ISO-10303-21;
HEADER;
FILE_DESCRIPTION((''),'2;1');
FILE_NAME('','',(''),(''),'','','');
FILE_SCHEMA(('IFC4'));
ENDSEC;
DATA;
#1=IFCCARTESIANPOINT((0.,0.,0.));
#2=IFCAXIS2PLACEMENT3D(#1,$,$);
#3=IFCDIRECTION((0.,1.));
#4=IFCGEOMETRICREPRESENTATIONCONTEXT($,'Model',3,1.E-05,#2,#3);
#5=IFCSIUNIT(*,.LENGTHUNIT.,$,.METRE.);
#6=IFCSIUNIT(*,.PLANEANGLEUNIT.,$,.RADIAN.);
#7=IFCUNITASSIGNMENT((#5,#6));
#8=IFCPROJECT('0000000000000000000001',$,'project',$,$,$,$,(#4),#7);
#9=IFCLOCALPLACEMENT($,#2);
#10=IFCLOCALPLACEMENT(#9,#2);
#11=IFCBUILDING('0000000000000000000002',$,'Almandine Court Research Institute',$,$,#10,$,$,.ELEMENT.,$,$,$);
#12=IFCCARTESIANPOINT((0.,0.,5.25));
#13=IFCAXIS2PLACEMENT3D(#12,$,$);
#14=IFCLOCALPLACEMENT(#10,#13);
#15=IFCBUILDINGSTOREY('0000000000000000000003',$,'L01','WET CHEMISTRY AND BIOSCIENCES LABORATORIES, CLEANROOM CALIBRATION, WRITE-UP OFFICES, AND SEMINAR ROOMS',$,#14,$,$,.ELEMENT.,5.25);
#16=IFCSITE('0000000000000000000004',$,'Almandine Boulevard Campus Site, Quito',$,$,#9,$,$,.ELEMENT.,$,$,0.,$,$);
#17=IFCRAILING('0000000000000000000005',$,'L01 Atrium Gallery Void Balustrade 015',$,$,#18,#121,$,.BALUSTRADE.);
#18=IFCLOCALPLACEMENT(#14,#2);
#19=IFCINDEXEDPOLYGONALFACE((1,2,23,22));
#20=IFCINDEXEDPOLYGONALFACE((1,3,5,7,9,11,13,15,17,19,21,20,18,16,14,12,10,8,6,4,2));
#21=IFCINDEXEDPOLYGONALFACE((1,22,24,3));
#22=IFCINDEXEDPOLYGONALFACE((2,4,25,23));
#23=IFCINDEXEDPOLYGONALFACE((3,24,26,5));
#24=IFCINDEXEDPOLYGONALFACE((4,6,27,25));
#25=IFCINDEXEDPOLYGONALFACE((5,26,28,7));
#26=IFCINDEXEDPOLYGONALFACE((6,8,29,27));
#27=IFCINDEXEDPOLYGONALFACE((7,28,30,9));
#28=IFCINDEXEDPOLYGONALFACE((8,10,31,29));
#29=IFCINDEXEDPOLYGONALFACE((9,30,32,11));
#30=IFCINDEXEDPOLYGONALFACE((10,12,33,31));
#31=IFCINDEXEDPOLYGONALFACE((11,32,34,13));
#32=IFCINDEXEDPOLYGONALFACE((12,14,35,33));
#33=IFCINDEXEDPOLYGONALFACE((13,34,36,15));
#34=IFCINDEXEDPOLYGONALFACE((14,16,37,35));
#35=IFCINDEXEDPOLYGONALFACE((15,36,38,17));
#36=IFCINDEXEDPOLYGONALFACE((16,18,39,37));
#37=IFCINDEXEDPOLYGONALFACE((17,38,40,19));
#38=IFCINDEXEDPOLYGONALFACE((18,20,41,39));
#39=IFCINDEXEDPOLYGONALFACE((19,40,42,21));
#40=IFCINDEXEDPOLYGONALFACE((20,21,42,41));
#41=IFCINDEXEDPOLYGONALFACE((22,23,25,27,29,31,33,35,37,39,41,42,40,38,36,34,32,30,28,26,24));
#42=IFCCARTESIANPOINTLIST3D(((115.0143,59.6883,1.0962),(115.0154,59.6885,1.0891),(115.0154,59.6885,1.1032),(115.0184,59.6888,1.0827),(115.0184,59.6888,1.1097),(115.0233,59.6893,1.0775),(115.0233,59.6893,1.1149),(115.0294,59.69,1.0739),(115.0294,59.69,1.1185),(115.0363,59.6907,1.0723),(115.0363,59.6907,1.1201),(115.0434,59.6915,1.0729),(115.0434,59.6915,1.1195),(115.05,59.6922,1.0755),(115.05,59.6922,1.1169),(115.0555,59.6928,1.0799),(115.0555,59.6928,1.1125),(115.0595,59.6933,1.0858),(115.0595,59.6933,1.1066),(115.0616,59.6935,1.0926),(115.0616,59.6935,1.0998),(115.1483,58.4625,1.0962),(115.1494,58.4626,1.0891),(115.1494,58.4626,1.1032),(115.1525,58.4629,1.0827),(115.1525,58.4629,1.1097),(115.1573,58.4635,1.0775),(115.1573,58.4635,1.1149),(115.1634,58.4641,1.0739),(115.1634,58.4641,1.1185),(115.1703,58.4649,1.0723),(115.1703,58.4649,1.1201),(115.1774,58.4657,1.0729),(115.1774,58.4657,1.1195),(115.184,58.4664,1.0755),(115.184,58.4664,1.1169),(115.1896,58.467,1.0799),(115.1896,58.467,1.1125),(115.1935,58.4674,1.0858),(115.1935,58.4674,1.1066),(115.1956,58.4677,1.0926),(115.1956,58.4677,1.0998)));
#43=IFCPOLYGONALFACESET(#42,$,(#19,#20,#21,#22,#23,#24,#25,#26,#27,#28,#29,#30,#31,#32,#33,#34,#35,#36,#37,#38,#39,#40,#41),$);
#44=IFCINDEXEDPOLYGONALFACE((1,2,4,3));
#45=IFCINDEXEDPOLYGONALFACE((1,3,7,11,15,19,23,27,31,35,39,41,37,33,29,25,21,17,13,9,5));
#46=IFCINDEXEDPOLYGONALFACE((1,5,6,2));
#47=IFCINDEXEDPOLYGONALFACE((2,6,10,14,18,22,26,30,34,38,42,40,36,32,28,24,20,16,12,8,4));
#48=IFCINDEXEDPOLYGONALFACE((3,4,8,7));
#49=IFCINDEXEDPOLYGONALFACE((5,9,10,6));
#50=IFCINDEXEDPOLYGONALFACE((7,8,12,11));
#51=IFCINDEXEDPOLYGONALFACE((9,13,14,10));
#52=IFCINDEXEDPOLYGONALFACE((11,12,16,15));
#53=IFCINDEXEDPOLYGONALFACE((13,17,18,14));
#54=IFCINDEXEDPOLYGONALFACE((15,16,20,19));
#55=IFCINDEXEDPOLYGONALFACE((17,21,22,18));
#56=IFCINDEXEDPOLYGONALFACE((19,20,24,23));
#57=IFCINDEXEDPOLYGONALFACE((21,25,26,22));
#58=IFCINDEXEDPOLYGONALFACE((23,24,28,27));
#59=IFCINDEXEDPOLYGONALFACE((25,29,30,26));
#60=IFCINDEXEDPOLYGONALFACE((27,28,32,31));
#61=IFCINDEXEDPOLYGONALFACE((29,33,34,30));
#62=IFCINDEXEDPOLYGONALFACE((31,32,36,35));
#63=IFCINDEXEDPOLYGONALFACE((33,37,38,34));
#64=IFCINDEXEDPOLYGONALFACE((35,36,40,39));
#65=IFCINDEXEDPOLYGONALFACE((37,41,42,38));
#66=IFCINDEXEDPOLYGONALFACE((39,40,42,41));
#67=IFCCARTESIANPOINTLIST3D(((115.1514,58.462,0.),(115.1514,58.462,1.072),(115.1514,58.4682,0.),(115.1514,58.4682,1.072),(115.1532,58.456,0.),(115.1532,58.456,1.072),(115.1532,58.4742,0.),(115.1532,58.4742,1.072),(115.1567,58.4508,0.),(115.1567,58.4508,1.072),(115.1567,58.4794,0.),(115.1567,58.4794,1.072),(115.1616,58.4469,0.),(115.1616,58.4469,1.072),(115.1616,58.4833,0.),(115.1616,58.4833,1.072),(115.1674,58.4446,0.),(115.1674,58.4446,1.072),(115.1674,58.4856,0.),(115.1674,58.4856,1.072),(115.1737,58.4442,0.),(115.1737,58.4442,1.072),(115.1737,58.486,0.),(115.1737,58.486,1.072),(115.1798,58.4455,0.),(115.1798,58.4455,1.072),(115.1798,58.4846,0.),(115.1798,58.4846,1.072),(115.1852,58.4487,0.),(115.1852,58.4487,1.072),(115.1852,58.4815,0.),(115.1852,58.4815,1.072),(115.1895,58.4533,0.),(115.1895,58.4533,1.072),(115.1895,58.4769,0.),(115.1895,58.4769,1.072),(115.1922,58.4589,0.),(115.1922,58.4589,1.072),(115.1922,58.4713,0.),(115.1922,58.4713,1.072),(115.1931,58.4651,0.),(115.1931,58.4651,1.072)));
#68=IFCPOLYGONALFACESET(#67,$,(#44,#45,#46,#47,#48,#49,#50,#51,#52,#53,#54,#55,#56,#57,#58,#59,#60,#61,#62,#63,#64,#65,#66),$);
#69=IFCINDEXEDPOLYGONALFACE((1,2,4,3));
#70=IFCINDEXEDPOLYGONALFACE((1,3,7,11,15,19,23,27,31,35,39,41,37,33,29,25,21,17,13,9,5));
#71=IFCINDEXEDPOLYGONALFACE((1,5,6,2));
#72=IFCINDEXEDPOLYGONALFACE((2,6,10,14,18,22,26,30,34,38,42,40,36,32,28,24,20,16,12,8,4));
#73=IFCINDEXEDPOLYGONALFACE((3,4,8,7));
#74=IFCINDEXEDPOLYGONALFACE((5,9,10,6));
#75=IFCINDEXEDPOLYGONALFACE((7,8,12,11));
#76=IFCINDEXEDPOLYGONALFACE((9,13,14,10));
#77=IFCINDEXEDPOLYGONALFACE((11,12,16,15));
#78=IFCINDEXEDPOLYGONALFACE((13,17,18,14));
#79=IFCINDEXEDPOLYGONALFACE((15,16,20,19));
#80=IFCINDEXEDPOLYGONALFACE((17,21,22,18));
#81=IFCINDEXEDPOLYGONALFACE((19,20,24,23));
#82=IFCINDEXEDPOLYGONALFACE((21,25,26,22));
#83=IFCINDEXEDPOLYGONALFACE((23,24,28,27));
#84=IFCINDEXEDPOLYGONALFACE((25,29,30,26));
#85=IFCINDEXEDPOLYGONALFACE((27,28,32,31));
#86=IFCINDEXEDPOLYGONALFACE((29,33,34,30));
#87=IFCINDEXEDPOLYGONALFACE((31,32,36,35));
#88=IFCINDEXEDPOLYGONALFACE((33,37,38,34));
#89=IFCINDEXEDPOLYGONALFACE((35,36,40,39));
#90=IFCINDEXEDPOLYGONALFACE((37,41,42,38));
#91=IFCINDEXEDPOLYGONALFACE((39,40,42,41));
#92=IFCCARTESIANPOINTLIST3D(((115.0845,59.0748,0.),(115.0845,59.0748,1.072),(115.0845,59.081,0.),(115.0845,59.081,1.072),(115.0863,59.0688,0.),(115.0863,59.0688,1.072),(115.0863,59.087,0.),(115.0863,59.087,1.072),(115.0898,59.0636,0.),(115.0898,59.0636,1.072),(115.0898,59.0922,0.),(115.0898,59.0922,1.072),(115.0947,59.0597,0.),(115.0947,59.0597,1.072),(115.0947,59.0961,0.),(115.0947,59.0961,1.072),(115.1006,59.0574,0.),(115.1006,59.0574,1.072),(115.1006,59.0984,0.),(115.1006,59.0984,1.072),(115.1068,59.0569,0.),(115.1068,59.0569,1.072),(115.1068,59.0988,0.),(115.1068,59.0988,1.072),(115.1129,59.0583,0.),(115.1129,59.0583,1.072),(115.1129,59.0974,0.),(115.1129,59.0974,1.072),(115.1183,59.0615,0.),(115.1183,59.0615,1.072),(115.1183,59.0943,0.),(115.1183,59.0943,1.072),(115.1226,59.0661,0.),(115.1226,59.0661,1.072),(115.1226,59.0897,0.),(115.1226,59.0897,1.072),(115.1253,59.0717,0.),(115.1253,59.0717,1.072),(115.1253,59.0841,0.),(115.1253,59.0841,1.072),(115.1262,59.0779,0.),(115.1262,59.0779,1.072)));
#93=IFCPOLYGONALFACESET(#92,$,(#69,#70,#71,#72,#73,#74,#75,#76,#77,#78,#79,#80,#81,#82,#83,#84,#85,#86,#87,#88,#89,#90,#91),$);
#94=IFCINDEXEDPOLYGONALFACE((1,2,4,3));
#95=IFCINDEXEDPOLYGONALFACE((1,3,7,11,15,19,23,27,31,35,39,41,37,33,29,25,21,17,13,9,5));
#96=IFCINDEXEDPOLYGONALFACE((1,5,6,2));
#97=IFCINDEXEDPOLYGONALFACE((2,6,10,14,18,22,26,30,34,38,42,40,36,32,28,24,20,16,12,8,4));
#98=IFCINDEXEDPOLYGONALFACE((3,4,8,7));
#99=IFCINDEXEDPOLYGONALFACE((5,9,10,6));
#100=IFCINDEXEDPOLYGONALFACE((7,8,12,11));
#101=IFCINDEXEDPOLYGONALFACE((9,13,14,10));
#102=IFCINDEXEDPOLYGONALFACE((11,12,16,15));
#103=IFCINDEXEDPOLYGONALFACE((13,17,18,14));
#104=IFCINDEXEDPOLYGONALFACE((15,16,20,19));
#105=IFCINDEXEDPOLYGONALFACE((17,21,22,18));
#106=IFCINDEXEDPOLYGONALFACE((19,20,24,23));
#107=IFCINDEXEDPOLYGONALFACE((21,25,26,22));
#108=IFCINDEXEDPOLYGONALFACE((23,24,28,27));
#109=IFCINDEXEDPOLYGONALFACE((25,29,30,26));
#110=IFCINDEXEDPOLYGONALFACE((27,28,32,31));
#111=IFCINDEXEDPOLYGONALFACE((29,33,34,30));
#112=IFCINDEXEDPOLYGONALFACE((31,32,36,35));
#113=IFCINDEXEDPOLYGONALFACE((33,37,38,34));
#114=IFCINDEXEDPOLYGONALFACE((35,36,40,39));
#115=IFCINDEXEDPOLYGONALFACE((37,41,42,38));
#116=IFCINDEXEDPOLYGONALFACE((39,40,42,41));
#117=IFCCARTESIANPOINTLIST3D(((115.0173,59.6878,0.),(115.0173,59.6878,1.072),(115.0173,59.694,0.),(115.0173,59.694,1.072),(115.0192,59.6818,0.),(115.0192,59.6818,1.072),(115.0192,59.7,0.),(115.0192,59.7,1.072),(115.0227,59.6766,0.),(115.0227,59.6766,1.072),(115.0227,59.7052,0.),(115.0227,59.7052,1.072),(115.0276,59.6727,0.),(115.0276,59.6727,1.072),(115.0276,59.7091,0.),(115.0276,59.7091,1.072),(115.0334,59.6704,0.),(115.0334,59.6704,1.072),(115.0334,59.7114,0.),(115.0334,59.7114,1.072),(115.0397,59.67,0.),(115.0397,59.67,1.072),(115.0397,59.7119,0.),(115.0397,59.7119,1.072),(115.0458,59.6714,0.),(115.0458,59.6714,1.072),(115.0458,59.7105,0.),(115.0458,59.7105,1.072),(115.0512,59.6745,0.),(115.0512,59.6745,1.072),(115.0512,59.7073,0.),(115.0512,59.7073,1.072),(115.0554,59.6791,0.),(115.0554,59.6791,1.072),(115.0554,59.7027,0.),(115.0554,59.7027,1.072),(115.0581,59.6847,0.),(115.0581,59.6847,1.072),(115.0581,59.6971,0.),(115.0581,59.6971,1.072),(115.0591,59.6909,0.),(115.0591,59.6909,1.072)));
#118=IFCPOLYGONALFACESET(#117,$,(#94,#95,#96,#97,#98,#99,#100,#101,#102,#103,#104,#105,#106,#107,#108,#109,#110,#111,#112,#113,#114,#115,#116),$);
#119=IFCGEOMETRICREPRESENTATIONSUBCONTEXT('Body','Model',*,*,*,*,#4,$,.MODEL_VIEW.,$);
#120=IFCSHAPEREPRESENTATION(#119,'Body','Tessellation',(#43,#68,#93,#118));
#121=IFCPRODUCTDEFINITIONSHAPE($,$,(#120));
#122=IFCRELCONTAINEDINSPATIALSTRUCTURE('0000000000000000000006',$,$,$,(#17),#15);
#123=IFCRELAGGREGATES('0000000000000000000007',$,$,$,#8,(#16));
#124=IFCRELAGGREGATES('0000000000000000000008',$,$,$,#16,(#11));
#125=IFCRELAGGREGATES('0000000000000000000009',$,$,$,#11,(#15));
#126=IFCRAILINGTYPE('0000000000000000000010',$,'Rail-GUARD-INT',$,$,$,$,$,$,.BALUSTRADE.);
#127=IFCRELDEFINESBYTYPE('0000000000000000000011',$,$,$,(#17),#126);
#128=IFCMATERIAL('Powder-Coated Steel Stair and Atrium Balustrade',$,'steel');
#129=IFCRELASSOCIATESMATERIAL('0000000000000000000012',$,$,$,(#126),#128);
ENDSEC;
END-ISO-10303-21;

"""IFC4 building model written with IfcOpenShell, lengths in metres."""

from ifc_helpers import new_model, si_unit, direction, frame, origin, origin_2d, place, context, subcontext, project, spatial, circle, extrude, material, type_object, element, save


model = new_model("IFC4")

# Units and contexts
model_context = context("Model", 3, precision=1e-05, world=origin(), true_north=direction((0.0, 1.0)))
body_context = subcontext(model_context, "Body", "Model", "MODEL_VIEW")
ifc_project = project(units=[si_unit("LENGTHUNIT", "METRE"), si_unit("PLANEANGLEUNIT", "RADIAN")], contexts=[model_context])

# Site, building, storey
site_placement = place(None, origin())
site = spatial("IfcSite", under=ifc_project, at=site_placement, Name="Almandine Boulevard Campus Site, Quito", CompositionType="ELEMENT", RefElevation=0.0)
building_placement = place(site_placement, origin())
building = spatial("IfcBuilding", under=site, at=building_placement, Name="Almandine Court Research Institute", CompositionType="ELEMENT")
storey_placement = place(building_placement, frame((0.0, 0.0, 5.25)))
storey = spatial("IfcBuildingStorey", under=building, at=storey_placement, Name="L01", Description="WET CHEMISTRY AND BIOSCIENCES LABORATORIES, CLEANROOM CALIBRATION, WRITE-UP OFFICES, AND SEMINAR ROOMS", CompositionType="ELEMENT", Elevation=5.25)

# Railing
ifc_material_1 = material(Name="Powder-Coated Steel Stair and Atrium Balustrade", Category="steel")
railing_type = type_object("IfcRailingType", Name="Rail-GUARD-INT", PredefinedType="BALUSTRADE", material=ifc_material_1)
railing_1_placement = place(storey_placement, frame((115.1721, 58.4651, 0.0)))
element("IfcRailing", 1, at=railing_1_placement, inside=storey, type_object=railing_type, Name="L01 Atrium Gallery Void Balustrade 015", PredefinedType="BALUSTRADE", context=body_context, shape_type="SweptSolid", body=[
    extrude(circle(Radius=0.0239, at=origin_2d()), frame((0.0, 0.0, 1.0962), z_axis=(-0.108693, 0.994075, 0.0), x_axis=(-0.994075, -0.108693, 0.0)), (0.0, 0.0, 1.0), 1.2332),
    extrude(circle(Radius=0.021, at=origin_2d()), origin(), (0.0, 0.0, 1.0), 1.072),
    extrude(circle(Radius=0.021, at=origin_2d()), frame((-0.0669, 0.6128, 0.0)), (0.0, 0.0, 1.0), 1.072),
    extrude(circle(Radius=0.021, at=origin_2d()), frame((-0.134, 1.2258, 0.0)), (0.0, 0.0, 1.0), 1.072),
])

save(model, "model.ifc")
